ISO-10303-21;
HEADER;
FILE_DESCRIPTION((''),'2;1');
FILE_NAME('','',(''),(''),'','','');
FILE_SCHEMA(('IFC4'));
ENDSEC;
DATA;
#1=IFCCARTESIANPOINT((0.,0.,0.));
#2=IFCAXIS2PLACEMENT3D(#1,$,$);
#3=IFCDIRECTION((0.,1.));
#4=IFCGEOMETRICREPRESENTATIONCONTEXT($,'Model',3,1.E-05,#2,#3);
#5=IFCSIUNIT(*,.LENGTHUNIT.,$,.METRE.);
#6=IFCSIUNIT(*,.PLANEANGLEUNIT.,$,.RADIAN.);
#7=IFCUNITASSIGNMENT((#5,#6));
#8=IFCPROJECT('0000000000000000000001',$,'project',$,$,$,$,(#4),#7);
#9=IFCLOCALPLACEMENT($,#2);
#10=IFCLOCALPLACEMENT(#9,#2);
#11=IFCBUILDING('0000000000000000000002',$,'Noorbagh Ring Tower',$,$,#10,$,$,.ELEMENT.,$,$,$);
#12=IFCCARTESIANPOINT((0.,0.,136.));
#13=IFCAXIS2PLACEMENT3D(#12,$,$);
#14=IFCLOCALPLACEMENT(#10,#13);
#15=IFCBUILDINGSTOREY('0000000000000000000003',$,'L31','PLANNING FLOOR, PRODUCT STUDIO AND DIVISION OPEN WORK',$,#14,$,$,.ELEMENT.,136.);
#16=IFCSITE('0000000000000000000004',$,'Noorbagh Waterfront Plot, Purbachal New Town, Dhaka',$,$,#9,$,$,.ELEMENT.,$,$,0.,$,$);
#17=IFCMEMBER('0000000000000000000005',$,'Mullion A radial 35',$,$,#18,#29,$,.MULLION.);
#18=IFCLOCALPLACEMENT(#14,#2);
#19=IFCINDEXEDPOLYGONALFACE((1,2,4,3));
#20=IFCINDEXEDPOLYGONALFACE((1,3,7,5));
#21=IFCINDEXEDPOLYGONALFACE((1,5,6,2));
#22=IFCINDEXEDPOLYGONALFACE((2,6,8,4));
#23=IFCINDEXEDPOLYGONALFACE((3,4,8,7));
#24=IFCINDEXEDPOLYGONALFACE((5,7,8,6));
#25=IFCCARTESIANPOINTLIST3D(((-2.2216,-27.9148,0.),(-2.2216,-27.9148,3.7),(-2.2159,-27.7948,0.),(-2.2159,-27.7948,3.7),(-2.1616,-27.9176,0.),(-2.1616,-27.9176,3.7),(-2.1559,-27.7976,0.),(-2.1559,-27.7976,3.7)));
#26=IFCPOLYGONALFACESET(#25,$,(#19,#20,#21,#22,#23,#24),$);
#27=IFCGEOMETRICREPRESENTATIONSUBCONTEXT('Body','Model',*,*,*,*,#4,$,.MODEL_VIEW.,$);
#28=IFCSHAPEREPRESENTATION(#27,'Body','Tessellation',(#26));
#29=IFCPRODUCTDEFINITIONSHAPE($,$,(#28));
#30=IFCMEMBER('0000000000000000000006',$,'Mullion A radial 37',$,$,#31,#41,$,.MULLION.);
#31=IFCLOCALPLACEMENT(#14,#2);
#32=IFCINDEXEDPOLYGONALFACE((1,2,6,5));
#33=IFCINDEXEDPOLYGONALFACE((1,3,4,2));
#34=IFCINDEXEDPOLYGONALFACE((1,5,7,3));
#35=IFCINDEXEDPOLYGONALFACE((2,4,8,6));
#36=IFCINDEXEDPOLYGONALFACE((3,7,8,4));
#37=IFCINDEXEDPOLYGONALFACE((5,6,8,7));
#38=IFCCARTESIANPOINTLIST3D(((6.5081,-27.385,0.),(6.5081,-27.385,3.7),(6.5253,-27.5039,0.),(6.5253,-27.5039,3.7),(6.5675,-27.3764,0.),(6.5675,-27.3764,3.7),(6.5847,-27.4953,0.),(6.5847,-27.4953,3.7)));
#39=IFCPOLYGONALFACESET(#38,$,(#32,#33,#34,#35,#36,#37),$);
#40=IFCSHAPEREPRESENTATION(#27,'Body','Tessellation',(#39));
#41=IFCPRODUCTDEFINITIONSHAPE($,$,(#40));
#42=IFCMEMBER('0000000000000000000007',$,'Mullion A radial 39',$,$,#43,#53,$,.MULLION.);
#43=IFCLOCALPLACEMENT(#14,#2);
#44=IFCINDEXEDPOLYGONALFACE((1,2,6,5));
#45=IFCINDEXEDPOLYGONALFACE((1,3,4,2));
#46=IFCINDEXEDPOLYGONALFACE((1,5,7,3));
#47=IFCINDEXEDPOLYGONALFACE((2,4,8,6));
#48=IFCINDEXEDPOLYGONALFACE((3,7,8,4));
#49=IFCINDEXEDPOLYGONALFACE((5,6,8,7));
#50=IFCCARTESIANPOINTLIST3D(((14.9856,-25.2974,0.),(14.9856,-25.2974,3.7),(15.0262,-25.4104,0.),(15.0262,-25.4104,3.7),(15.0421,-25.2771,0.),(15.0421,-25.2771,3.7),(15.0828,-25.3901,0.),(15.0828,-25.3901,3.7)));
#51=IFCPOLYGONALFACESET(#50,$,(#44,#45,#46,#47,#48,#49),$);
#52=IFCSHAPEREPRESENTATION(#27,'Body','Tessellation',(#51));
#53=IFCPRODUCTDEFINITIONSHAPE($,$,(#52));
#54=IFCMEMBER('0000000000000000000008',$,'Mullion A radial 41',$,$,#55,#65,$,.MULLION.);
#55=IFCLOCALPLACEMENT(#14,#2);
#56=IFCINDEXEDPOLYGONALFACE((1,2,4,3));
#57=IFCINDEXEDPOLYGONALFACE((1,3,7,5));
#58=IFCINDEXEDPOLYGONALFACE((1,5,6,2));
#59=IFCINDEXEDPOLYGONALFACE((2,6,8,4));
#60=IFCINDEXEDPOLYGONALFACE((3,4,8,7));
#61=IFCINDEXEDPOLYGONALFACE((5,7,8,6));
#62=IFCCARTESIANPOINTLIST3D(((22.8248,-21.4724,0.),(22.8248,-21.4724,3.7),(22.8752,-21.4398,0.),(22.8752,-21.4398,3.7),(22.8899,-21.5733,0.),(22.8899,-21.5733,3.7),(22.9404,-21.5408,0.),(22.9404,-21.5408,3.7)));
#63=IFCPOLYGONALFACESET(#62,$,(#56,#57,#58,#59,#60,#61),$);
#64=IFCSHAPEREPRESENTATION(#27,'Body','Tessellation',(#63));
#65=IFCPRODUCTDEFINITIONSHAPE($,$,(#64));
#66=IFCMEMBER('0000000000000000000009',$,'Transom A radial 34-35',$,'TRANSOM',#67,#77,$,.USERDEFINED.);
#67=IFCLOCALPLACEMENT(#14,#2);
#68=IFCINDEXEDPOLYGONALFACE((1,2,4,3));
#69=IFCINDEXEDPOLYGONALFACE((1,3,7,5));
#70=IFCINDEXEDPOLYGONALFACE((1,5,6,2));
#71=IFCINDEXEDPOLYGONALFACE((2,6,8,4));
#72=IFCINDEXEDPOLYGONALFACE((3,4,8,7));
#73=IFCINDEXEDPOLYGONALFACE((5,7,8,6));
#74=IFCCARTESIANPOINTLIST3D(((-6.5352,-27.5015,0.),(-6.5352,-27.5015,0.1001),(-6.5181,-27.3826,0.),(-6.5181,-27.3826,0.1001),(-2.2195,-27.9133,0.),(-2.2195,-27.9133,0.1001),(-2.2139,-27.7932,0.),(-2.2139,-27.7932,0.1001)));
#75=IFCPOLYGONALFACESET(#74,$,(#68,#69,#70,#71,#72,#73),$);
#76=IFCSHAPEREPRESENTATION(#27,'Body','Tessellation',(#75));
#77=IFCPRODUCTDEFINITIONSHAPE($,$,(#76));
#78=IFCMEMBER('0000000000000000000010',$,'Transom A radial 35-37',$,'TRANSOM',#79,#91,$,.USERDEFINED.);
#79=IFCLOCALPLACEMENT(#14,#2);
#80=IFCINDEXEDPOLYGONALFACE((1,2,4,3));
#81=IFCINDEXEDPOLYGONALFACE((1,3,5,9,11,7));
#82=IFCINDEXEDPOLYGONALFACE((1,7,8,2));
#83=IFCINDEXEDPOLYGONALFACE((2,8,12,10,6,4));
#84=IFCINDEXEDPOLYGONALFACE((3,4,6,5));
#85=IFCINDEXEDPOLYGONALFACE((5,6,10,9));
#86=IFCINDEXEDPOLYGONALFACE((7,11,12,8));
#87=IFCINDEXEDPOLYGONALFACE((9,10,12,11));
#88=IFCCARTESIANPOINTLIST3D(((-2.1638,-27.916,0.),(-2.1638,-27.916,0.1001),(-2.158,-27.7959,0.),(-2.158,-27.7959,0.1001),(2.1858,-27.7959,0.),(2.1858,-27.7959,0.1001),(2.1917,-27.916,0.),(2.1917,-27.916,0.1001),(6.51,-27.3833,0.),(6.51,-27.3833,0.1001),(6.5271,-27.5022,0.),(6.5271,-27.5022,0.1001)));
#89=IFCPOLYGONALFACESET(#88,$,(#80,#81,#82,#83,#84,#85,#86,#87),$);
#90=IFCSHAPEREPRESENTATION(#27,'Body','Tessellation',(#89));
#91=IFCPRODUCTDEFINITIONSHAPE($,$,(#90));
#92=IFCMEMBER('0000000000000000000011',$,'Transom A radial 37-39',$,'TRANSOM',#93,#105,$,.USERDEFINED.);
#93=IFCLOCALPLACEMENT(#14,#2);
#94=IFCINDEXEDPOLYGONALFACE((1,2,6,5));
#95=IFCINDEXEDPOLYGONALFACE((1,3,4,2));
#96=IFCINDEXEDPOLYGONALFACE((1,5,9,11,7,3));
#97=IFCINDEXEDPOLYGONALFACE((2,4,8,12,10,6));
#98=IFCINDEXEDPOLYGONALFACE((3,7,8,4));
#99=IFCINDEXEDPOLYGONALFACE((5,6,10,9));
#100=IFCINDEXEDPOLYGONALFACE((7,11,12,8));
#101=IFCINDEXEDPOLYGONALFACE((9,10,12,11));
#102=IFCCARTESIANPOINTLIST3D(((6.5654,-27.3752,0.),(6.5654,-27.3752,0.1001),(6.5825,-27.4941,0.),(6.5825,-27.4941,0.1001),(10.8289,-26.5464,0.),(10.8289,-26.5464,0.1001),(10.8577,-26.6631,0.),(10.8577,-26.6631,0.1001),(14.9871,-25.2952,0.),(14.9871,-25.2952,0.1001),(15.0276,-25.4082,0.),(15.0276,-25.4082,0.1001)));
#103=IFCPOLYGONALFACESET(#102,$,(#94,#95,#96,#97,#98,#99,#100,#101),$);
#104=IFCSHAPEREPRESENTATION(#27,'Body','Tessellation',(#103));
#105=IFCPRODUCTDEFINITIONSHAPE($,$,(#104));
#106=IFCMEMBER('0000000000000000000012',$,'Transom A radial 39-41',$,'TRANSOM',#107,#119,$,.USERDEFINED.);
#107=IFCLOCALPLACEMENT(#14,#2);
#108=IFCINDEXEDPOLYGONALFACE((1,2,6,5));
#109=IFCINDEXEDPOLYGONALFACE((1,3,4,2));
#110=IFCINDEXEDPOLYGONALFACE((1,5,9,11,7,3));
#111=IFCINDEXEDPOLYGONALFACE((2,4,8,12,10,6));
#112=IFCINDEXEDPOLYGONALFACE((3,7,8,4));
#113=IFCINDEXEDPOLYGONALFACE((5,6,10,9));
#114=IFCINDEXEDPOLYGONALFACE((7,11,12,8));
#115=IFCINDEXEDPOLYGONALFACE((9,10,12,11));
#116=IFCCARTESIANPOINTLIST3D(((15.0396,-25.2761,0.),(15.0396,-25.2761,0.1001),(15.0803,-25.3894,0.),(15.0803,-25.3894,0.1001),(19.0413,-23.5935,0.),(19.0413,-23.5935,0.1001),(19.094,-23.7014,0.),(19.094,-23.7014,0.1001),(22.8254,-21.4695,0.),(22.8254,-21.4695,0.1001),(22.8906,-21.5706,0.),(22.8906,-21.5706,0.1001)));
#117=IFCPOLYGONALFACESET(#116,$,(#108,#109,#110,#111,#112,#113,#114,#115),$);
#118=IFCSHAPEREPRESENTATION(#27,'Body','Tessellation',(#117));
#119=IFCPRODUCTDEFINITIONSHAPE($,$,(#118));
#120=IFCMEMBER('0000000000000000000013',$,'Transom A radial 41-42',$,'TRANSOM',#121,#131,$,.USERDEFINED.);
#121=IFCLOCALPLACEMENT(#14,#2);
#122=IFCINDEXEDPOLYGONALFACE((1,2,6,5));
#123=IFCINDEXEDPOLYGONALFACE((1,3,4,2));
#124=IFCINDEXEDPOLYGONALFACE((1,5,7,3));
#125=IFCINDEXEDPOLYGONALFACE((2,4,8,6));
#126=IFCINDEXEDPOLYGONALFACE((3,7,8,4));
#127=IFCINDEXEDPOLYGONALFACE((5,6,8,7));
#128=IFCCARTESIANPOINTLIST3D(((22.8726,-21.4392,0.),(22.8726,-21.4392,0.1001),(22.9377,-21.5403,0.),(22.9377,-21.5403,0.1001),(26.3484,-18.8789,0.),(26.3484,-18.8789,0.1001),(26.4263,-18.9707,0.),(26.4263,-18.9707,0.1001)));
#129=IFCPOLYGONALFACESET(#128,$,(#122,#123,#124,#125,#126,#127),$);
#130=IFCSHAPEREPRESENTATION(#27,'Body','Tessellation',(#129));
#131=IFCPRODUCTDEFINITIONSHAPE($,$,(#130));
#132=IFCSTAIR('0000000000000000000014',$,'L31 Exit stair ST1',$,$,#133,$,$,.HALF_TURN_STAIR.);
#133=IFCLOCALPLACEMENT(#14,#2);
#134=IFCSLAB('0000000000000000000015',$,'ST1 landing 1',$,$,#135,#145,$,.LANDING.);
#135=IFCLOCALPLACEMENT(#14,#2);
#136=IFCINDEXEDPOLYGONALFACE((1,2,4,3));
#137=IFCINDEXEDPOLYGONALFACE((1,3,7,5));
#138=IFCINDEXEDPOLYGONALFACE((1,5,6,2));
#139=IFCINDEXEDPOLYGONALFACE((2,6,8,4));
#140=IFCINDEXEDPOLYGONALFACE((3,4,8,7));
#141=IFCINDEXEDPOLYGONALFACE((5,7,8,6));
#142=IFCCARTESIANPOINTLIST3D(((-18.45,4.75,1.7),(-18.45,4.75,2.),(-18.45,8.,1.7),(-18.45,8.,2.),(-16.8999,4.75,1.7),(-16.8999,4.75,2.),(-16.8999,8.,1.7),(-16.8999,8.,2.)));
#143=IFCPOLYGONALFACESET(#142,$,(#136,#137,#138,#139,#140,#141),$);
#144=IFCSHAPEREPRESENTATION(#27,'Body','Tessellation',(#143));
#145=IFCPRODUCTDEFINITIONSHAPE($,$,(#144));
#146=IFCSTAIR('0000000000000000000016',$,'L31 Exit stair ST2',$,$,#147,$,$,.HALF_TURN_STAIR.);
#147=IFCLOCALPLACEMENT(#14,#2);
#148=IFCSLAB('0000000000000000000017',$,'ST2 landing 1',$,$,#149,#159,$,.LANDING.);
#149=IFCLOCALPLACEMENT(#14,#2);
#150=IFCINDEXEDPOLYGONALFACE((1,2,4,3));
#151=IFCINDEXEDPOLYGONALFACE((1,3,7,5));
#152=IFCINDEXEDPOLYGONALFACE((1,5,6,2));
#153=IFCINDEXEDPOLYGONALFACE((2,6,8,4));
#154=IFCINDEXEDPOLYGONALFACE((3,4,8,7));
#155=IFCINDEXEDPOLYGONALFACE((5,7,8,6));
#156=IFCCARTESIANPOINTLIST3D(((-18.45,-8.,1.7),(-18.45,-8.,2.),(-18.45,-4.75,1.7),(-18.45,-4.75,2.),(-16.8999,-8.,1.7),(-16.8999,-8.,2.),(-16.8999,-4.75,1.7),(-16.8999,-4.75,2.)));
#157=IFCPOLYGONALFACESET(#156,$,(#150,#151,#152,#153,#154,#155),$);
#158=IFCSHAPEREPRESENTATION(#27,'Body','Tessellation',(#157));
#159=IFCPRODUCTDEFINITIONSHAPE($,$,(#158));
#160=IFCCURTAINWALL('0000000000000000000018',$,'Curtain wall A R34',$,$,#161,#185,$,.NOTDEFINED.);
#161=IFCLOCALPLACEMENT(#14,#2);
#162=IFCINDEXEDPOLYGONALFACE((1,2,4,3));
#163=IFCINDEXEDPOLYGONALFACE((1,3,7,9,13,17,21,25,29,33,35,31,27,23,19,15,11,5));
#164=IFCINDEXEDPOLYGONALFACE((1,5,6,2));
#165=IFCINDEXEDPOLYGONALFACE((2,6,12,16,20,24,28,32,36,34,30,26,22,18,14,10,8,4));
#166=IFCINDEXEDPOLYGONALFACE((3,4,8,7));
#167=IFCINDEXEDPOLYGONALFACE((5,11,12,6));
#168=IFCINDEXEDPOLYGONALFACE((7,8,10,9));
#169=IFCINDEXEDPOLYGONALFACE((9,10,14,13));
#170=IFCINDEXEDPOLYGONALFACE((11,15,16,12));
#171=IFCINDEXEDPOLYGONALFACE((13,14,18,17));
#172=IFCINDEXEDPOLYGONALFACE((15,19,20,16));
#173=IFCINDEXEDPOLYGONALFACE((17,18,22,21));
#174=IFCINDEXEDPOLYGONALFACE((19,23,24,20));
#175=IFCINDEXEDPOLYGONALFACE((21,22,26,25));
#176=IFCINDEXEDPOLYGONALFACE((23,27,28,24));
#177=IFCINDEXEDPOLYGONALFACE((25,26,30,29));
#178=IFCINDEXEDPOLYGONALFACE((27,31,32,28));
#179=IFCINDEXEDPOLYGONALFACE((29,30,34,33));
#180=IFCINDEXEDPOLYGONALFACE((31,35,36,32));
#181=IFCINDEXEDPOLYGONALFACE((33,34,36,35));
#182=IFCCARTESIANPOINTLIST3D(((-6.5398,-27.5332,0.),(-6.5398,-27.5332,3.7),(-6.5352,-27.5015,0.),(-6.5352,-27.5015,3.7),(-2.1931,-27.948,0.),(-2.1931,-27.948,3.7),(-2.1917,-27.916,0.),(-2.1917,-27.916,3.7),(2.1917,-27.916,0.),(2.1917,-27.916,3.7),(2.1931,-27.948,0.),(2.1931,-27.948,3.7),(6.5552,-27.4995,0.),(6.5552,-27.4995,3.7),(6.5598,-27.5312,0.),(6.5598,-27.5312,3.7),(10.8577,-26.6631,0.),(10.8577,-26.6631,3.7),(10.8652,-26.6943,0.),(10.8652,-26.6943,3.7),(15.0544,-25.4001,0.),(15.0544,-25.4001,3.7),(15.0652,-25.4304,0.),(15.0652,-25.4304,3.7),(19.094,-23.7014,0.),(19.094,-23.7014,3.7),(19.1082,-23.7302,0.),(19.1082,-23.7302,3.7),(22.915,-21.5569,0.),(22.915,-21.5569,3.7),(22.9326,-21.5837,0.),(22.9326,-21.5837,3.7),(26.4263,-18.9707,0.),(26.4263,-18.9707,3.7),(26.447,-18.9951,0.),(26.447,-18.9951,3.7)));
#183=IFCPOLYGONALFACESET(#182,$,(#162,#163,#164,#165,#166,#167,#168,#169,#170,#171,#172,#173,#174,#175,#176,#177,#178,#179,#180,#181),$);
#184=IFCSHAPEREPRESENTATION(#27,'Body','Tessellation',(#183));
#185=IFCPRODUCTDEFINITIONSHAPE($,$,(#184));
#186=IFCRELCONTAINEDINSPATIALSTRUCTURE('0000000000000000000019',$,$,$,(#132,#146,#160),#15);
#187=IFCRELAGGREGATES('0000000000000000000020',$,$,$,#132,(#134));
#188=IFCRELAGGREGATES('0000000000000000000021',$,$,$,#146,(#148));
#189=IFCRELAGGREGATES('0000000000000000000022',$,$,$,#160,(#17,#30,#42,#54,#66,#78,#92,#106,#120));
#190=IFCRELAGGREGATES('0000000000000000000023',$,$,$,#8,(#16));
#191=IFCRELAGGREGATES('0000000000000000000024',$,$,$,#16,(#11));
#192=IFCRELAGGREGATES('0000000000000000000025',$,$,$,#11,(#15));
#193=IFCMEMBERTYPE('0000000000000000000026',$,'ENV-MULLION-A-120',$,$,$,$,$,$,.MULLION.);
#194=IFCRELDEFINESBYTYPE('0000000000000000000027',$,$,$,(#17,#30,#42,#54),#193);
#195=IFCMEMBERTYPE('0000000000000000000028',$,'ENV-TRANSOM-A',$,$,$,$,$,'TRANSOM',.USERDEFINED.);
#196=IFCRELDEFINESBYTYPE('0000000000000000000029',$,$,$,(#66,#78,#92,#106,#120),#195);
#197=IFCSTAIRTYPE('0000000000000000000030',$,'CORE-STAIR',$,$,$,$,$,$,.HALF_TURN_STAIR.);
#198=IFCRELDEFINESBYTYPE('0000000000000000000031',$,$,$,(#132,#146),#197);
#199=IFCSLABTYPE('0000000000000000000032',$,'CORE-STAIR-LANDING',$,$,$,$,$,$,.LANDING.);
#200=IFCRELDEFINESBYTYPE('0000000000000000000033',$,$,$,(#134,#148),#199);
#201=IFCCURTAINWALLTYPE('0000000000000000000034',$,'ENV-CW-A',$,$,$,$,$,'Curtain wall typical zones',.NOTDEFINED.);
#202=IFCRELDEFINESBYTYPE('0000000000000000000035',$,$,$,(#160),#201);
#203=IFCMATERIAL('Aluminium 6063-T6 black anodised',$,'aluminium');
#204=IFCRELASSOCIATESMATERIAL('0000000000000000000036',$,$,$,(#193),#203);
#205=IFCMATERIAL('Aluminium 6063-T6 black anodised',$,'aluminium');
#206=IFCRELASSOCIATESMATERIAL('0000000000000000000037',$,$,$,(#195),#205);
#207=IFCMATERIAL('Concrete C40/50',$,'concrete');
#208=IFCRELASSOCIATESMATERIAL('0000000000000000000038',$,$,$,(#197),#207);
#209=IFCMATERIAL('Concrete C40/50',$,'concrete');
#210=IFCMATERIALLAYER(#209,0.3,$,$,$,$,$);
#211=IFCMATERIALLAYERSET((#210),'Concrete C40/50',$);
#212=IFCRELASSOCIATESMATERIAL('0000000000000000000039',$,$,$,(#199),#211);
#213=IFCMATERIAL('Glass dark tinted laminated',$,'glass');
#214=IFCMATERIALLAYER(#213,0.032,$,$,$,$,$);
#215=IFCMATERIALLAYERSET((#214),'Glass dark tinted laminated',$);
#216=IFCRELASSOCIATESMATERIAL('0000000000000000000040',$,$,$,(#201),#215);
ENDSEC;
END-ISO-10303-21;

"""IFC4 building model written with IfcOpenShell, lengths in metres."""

from ifc_helpers import new_model, si_unit, direction, frame, origin, origin_2d, place, context, subcontext, project, spatial, polyline, rectangle, outline, extrude, material, layer, layer_set, material_profile, profile_set, type_object, element, aggregate, save


model = new_model("IFC4")

# Units and contexts
model_context = context("Model", 3, precision=1e-05, world=origin(), true_north=direction((0.0, 1.0)))
body_context = subcontext(model_context, "Body", "Model", "MODEL_VIEW")
ifc_project = project(units=[si_unit("LENGTHUNIT", "METRE"), si_unit("PLANEANGLEUNIT", "RADIAN")], contexts=[model_context])

# Members
ifc_material_1 = material(Name="Aluminium 6063-T6 black anodised", Category="aluminium")
ifc_material_profile = material_profile(ifc_material_1, rectangle(XDim=0.1201, YDim=0.0601, at=origin_2d()), Name="120x60")
ifc_profile_set = profile_set([ifc_material_profile], Name="Aluminium 6063-T6 black anodised")
member_type_1 = type_object("IfcMemberType", Name="ENV-MULLION-A-120", PredefinedType="MULLION", material=ifc_profile_set)
site_placement = place(None, origin())
building_placement = place(site_placement, origin())
storey_placement = place(building_placement, frame((0.0, 0.0, 136.0)))
member_1_placement = place(storey_placement, frame((-2.1887, -27.8562, 0.0), z_axis=(0.0, 0.0, 1.0), x_axis=(0.047558, 0.998868, 0.0)))
member_1 = element("IfcMember", 1, at=member_1_placement, type_object=member_type_1, Name="Mullion A radial 35", PredefinedType="MULLION", context=body_context, shape_type="SweptSolid", body=[
    extrude(rectangle(XDim=0.1201, YDim=0.0601, at=origin_2d()), origin(), (0.0, 0.0, 1.0), 3.7),
])
member_2_placement = place(storey_placement, frame((6.5464, -27.4402, 0.0), z_axis=(0.0, 0.0, 1.0), x_axis=(-0.143082, 0.989711, 0.0)))
member_2 = element("IfcMember", 2, at=member_2_placement, type_object=member_type_1, Name="Mullion A radial 37", PredefinedType="MULLION", context=body_context, shape_type="SweptSolid", body=[
    extrude(rectangle(XDim=0.1201, YDim=0.0601, at=origin_2d()), origin(), (0.0, 0.0, 1.0), 3.7),
])
member_3_placement = place(storey_placement, frame((15.0342, -25.3438, 0.0), z_axis=(0.0, 0.0, 1.0), x_axis=(-0.338379, 0.94101, 0.0)))
member_3 = element("IfcMember", 3, at=member_3_placement, type_object=member_type_1, Name="Mullion A radial 39", PredefinedType="MULLION", context=body_context, shape_type="SweptSolid", body=[
    extrude(rectangle(XDim=0.1201, YDim=0.0601, at=origin_2d()), origin(), (0.0, 0.0, 1.0), 3.7),
])
member_4_placement = place(storey_placement, frame((22.8826, -21.5066, 0.0), z_axis=(0.0, 0.0, 1.0), x_axis=(-0.542279, 0.840198, 0.0)))
member_4 = element("IfcMember", 4, at=member_4_placement, type_object=member_type_1, Name="Mullion A radial 41", PredefinedType="MULLION", context=body_context, shape_type="SweptSolid", body=[
    extrude(rectangle(XDim=0.1201, YDim=0.0601, at=origin_2d()), origin(), (0.0, 0.0, 1.0), 3.7),
])
ifc_material_2 = material(Name="Aluminium 6063-T6 black anodised", Category="aluminium")
member_type_2 = type_object("IfcMemberType", Name="ENV-TRANSOM-A", ElementType="TRANSOM", PredefinedType="USERDEFINED", material=ifc_material_2)
member_5_placement = place(storey_placement, origin())
member_5 = element("IfcMember", 5, at=member_5_placement, type_object=member_type_2, Name="Transom A radial 34-35", ObjectType="TRANSOM", PredefinedType="USERDEFINED", context=body_context, shape_type="SweptSolid", body=[
    extrude(outline(polyline([(-6.5352, -27.5015), (-2.2195, -27.9133), (-2.2139, -27.7932), (-6.5181, -27.3826), (-6.5352, -27.5015)])), origin(), (0.0, 0.0, 1.0), 0.1001),
])
member_6_placement = place(storey_placement, origin())
member_6 = element("IfcMember", 6, at=member_6_placement, type_object=member_type_2, Name="Transom A radial 35-37", ObjectType="TRANSOM", PredefinedType="USERDEFINED", context=body_context, shape_type="SweptSolid", body=[
    extrude(outline(polyline([(-2.1638, -27.916), (2.1917, -27.916), (6.5271, -27.5022), (6.51, -27.3833), (2.1858, -27.7959), (-2.158, -27.7959), (-2.1638, -27.916)])), origin(), (0.0, 0.0, 1.0), 0.1001),
])
member_7_placement = place(storey_placement, origin())
member_7 = element("IfcMember", 7, at=member_7_placement, type_object=member_type_2, Name="Transom A radial 37-39", ObjectType="TRANSOM", PredefinedType="USERDEFINED", context=body_context, shape_type="SweptSolid", body=[
    extrude(outline(polyline([(6.5825, -27.4941), (10.8577, -26.6631), (15.0276, -25.4082), (14.9871, -25.2952), (10.8289, -26.5464), (6.5654, -27.3752), (6.5825, -27.4941)])), origin(), (0.0, 0.0, 1.0), 0.1001),
])
member_8_placement = place(storey_placement, origin())
member_8 = element("IfcMember", 8, at=member_8_placement, type_object=member_type_2, Name="Transom A radial 39-41", ObjectType="TRANSOM", PredefinedType="USERDEFINED", context=body_context, shape_type="SweptSolid", body=[
    extrude(outline(polyline([(15.0803, -25.3894), (19.094, -23.7014), (22.8906, -21.5706), (22.8254, -21.4695), (19.0413, -23.5935), (15.0396, -25.2761), (15.0803, -25.3894)])), origin(), (0.0, 0.0, 1.0), 0.1001),
])
member_9_placement = place(storey_placement, origin())
member_9 = element("IfcMember", 9, at=member_9_placement, type_object=member_type_2, Name="Transom A radial 41-42", ObjectType="TRANSOM", PredefinedType="USERDEFINED", context=body_context, shape_type="SweptSolid", body=[
    extrude(outline(polyline([(22.9377, -21.5403), (26.4263, -18.9707), (26.3484, -18.8789), (22.8726, -21.4392), (22.9377, -21.5403)])), origin(), (0.0, 0.0, 1.0), 0.1001),
])

# Site, building, storey
site = spatial("IfcSite", under=ifc_project, at=site_placement, Name="Noorbagh Waterfront Plot, Purbachal New Town, Dhaka", CompositionType="ELEMENT", RefElevation=0.0)
building = spatial("IfcBuilding", under=site, at=building_placement, Name="Noorbagh Ring Tower", CompositionType="ELEMENT")
storey = spatial("IfcBuildingStorey", under=building, at=storey_placement, Name="L31", Description="PLANNING FLOOR, PRODUCT STUDIO AND DIVISION OPEN WORK", CompositionType="ELEMENT", Elevation=136.0)

# Stairs, slabs
ifc_material_3 = material(Name="Concrete C40/50", Category="concrete")
stair_type = type_object("IfcStairType", Name="CORE-STAIR", PredefinedType="HALF_TURN_STAIR", material=ifc_material_3)
stair_1_placement = place(storey_placement, origin())
stair_1 = element("IfcStair", 10, at=stair_1_placement, inside=storey, type_object=stair_type, Name="L31 Exit stair ST1", PredefinedType="HALF_TURN_STAIR")
ifc_material_4 = material(Name="Concrete C40/50", Category="concrete")
ifc_layer_1 = layer(ifc_material_4, 0.3)
ifc_layer_set_1 = layer_set([ifc_layer_1], Name="Concrete C40/50")
slab_type = type_object("IfcSlabType", Name="CORE-STAIR-LANDING", PredefinedType="LANDING", material=ifc_layer_set_1)
slab_1_placement = place(storey_placement, frame((0.0, 0.0, 1.7)))
slab_1 = element("IfcSlab", 11, at=slab_1_placement, type_object=slab_type, Name="ST1 landing 1", PredefinedType="LANDING", context=body_context, shape_type="SweptSolid", body=[
    extrude(outline(polyline([(-18.45, 4.75), (-16.8999, 4.75), (-16.8999, 8.0), (-18.45, 8.0), (-18.45, 4.75)])), origin(), (0.0, 0.0, 1.0), 0.3),
])
aggregate(stair_1, [slab_1])
stair_2_placement = place(storey_placement, origin())
stair_2 = element("IfcStair", 12, at=stair_2_placement, inside=storey, type_object=stair_type, Name="L31 Exit stair ST2", PredefinedType="HALF_TURN_STAIR")
slab_2_placement = place(storey_placement, frame((0.0, 0.0, 1.7)))
slab_2 = element("IfcSlab", 13, at=slab_2_placement, type_object=slab_type, Name="ST2 landing 1", PredefinedType="LANDING", context=body_context, shape_type="SweptSolid", body=[
    extrude(outline(polyline([(-18.45, -8.0), (-16.8999, -8.0), (-16.8999, -4.75), (-18.45, -4.75), (-18.45, -8.0)])), origin(), (0.0, 0.0, 1.0), 0.3),
])
aggregate(stair_2, [slab_2])

# Curtain wall
ifc_material_5 = material(Name="Glass dark tinted laminated", Category="glass")
ifc_layer_2 = layer(ifc_material_5, 0.032)
ifc_layer_set_2 = layer_set([ifc_layer_2], Name="Glass dark tinted laminated")
curtain_wall_type = type_object("IfcCurtainWallType", Name="ENV-CW-A", ElementType="Curtain wall typical zones", PredefinedType="NOTDEFINED", material=ifc_layer_set_2)
curtain_wall_1_placement = place(storey_placement, origin())
curtain_wall_1 = element("IfcCurtainWall", 14, at=curtain_wall_1_placement, inside=storey, type_object=curtain_wall_type, Name="Curtain wall A R34", PredefinedType="NOTDEFINED", context=body_context, shape_type="SweptSolid", body=[
    extrude(outline(polyline([(-6.5398, -27.5332), (-2.1931, -27.948), (2.1931, -27.948), (6.5598, -27.5312), (10.8652, -26.6943), (15.0652, -25.4304), (19.1082, -23.7302), (22.9326, -21.5837), (26.447, -18.9951), (26.4263, -18.9707), (22.915, -21.5569), (19.094, -23.7014), (15.0544, -25.4001), (10.8577, -26.6631), (6.5552, -27.4995), (2.1917, -27.916), (-2.1917, -27.916), (-6.5352, -27.5015), (-6.5398, -27.5332)])), origin(), (0.0, 0.0, 1.0), 3.7),
])
aggregate(curtain_wall_1, [member_1, member_2, member_3, member_4, member_5, member_6, member_7, member_8, member_9])

save(model, "model.ifc")
